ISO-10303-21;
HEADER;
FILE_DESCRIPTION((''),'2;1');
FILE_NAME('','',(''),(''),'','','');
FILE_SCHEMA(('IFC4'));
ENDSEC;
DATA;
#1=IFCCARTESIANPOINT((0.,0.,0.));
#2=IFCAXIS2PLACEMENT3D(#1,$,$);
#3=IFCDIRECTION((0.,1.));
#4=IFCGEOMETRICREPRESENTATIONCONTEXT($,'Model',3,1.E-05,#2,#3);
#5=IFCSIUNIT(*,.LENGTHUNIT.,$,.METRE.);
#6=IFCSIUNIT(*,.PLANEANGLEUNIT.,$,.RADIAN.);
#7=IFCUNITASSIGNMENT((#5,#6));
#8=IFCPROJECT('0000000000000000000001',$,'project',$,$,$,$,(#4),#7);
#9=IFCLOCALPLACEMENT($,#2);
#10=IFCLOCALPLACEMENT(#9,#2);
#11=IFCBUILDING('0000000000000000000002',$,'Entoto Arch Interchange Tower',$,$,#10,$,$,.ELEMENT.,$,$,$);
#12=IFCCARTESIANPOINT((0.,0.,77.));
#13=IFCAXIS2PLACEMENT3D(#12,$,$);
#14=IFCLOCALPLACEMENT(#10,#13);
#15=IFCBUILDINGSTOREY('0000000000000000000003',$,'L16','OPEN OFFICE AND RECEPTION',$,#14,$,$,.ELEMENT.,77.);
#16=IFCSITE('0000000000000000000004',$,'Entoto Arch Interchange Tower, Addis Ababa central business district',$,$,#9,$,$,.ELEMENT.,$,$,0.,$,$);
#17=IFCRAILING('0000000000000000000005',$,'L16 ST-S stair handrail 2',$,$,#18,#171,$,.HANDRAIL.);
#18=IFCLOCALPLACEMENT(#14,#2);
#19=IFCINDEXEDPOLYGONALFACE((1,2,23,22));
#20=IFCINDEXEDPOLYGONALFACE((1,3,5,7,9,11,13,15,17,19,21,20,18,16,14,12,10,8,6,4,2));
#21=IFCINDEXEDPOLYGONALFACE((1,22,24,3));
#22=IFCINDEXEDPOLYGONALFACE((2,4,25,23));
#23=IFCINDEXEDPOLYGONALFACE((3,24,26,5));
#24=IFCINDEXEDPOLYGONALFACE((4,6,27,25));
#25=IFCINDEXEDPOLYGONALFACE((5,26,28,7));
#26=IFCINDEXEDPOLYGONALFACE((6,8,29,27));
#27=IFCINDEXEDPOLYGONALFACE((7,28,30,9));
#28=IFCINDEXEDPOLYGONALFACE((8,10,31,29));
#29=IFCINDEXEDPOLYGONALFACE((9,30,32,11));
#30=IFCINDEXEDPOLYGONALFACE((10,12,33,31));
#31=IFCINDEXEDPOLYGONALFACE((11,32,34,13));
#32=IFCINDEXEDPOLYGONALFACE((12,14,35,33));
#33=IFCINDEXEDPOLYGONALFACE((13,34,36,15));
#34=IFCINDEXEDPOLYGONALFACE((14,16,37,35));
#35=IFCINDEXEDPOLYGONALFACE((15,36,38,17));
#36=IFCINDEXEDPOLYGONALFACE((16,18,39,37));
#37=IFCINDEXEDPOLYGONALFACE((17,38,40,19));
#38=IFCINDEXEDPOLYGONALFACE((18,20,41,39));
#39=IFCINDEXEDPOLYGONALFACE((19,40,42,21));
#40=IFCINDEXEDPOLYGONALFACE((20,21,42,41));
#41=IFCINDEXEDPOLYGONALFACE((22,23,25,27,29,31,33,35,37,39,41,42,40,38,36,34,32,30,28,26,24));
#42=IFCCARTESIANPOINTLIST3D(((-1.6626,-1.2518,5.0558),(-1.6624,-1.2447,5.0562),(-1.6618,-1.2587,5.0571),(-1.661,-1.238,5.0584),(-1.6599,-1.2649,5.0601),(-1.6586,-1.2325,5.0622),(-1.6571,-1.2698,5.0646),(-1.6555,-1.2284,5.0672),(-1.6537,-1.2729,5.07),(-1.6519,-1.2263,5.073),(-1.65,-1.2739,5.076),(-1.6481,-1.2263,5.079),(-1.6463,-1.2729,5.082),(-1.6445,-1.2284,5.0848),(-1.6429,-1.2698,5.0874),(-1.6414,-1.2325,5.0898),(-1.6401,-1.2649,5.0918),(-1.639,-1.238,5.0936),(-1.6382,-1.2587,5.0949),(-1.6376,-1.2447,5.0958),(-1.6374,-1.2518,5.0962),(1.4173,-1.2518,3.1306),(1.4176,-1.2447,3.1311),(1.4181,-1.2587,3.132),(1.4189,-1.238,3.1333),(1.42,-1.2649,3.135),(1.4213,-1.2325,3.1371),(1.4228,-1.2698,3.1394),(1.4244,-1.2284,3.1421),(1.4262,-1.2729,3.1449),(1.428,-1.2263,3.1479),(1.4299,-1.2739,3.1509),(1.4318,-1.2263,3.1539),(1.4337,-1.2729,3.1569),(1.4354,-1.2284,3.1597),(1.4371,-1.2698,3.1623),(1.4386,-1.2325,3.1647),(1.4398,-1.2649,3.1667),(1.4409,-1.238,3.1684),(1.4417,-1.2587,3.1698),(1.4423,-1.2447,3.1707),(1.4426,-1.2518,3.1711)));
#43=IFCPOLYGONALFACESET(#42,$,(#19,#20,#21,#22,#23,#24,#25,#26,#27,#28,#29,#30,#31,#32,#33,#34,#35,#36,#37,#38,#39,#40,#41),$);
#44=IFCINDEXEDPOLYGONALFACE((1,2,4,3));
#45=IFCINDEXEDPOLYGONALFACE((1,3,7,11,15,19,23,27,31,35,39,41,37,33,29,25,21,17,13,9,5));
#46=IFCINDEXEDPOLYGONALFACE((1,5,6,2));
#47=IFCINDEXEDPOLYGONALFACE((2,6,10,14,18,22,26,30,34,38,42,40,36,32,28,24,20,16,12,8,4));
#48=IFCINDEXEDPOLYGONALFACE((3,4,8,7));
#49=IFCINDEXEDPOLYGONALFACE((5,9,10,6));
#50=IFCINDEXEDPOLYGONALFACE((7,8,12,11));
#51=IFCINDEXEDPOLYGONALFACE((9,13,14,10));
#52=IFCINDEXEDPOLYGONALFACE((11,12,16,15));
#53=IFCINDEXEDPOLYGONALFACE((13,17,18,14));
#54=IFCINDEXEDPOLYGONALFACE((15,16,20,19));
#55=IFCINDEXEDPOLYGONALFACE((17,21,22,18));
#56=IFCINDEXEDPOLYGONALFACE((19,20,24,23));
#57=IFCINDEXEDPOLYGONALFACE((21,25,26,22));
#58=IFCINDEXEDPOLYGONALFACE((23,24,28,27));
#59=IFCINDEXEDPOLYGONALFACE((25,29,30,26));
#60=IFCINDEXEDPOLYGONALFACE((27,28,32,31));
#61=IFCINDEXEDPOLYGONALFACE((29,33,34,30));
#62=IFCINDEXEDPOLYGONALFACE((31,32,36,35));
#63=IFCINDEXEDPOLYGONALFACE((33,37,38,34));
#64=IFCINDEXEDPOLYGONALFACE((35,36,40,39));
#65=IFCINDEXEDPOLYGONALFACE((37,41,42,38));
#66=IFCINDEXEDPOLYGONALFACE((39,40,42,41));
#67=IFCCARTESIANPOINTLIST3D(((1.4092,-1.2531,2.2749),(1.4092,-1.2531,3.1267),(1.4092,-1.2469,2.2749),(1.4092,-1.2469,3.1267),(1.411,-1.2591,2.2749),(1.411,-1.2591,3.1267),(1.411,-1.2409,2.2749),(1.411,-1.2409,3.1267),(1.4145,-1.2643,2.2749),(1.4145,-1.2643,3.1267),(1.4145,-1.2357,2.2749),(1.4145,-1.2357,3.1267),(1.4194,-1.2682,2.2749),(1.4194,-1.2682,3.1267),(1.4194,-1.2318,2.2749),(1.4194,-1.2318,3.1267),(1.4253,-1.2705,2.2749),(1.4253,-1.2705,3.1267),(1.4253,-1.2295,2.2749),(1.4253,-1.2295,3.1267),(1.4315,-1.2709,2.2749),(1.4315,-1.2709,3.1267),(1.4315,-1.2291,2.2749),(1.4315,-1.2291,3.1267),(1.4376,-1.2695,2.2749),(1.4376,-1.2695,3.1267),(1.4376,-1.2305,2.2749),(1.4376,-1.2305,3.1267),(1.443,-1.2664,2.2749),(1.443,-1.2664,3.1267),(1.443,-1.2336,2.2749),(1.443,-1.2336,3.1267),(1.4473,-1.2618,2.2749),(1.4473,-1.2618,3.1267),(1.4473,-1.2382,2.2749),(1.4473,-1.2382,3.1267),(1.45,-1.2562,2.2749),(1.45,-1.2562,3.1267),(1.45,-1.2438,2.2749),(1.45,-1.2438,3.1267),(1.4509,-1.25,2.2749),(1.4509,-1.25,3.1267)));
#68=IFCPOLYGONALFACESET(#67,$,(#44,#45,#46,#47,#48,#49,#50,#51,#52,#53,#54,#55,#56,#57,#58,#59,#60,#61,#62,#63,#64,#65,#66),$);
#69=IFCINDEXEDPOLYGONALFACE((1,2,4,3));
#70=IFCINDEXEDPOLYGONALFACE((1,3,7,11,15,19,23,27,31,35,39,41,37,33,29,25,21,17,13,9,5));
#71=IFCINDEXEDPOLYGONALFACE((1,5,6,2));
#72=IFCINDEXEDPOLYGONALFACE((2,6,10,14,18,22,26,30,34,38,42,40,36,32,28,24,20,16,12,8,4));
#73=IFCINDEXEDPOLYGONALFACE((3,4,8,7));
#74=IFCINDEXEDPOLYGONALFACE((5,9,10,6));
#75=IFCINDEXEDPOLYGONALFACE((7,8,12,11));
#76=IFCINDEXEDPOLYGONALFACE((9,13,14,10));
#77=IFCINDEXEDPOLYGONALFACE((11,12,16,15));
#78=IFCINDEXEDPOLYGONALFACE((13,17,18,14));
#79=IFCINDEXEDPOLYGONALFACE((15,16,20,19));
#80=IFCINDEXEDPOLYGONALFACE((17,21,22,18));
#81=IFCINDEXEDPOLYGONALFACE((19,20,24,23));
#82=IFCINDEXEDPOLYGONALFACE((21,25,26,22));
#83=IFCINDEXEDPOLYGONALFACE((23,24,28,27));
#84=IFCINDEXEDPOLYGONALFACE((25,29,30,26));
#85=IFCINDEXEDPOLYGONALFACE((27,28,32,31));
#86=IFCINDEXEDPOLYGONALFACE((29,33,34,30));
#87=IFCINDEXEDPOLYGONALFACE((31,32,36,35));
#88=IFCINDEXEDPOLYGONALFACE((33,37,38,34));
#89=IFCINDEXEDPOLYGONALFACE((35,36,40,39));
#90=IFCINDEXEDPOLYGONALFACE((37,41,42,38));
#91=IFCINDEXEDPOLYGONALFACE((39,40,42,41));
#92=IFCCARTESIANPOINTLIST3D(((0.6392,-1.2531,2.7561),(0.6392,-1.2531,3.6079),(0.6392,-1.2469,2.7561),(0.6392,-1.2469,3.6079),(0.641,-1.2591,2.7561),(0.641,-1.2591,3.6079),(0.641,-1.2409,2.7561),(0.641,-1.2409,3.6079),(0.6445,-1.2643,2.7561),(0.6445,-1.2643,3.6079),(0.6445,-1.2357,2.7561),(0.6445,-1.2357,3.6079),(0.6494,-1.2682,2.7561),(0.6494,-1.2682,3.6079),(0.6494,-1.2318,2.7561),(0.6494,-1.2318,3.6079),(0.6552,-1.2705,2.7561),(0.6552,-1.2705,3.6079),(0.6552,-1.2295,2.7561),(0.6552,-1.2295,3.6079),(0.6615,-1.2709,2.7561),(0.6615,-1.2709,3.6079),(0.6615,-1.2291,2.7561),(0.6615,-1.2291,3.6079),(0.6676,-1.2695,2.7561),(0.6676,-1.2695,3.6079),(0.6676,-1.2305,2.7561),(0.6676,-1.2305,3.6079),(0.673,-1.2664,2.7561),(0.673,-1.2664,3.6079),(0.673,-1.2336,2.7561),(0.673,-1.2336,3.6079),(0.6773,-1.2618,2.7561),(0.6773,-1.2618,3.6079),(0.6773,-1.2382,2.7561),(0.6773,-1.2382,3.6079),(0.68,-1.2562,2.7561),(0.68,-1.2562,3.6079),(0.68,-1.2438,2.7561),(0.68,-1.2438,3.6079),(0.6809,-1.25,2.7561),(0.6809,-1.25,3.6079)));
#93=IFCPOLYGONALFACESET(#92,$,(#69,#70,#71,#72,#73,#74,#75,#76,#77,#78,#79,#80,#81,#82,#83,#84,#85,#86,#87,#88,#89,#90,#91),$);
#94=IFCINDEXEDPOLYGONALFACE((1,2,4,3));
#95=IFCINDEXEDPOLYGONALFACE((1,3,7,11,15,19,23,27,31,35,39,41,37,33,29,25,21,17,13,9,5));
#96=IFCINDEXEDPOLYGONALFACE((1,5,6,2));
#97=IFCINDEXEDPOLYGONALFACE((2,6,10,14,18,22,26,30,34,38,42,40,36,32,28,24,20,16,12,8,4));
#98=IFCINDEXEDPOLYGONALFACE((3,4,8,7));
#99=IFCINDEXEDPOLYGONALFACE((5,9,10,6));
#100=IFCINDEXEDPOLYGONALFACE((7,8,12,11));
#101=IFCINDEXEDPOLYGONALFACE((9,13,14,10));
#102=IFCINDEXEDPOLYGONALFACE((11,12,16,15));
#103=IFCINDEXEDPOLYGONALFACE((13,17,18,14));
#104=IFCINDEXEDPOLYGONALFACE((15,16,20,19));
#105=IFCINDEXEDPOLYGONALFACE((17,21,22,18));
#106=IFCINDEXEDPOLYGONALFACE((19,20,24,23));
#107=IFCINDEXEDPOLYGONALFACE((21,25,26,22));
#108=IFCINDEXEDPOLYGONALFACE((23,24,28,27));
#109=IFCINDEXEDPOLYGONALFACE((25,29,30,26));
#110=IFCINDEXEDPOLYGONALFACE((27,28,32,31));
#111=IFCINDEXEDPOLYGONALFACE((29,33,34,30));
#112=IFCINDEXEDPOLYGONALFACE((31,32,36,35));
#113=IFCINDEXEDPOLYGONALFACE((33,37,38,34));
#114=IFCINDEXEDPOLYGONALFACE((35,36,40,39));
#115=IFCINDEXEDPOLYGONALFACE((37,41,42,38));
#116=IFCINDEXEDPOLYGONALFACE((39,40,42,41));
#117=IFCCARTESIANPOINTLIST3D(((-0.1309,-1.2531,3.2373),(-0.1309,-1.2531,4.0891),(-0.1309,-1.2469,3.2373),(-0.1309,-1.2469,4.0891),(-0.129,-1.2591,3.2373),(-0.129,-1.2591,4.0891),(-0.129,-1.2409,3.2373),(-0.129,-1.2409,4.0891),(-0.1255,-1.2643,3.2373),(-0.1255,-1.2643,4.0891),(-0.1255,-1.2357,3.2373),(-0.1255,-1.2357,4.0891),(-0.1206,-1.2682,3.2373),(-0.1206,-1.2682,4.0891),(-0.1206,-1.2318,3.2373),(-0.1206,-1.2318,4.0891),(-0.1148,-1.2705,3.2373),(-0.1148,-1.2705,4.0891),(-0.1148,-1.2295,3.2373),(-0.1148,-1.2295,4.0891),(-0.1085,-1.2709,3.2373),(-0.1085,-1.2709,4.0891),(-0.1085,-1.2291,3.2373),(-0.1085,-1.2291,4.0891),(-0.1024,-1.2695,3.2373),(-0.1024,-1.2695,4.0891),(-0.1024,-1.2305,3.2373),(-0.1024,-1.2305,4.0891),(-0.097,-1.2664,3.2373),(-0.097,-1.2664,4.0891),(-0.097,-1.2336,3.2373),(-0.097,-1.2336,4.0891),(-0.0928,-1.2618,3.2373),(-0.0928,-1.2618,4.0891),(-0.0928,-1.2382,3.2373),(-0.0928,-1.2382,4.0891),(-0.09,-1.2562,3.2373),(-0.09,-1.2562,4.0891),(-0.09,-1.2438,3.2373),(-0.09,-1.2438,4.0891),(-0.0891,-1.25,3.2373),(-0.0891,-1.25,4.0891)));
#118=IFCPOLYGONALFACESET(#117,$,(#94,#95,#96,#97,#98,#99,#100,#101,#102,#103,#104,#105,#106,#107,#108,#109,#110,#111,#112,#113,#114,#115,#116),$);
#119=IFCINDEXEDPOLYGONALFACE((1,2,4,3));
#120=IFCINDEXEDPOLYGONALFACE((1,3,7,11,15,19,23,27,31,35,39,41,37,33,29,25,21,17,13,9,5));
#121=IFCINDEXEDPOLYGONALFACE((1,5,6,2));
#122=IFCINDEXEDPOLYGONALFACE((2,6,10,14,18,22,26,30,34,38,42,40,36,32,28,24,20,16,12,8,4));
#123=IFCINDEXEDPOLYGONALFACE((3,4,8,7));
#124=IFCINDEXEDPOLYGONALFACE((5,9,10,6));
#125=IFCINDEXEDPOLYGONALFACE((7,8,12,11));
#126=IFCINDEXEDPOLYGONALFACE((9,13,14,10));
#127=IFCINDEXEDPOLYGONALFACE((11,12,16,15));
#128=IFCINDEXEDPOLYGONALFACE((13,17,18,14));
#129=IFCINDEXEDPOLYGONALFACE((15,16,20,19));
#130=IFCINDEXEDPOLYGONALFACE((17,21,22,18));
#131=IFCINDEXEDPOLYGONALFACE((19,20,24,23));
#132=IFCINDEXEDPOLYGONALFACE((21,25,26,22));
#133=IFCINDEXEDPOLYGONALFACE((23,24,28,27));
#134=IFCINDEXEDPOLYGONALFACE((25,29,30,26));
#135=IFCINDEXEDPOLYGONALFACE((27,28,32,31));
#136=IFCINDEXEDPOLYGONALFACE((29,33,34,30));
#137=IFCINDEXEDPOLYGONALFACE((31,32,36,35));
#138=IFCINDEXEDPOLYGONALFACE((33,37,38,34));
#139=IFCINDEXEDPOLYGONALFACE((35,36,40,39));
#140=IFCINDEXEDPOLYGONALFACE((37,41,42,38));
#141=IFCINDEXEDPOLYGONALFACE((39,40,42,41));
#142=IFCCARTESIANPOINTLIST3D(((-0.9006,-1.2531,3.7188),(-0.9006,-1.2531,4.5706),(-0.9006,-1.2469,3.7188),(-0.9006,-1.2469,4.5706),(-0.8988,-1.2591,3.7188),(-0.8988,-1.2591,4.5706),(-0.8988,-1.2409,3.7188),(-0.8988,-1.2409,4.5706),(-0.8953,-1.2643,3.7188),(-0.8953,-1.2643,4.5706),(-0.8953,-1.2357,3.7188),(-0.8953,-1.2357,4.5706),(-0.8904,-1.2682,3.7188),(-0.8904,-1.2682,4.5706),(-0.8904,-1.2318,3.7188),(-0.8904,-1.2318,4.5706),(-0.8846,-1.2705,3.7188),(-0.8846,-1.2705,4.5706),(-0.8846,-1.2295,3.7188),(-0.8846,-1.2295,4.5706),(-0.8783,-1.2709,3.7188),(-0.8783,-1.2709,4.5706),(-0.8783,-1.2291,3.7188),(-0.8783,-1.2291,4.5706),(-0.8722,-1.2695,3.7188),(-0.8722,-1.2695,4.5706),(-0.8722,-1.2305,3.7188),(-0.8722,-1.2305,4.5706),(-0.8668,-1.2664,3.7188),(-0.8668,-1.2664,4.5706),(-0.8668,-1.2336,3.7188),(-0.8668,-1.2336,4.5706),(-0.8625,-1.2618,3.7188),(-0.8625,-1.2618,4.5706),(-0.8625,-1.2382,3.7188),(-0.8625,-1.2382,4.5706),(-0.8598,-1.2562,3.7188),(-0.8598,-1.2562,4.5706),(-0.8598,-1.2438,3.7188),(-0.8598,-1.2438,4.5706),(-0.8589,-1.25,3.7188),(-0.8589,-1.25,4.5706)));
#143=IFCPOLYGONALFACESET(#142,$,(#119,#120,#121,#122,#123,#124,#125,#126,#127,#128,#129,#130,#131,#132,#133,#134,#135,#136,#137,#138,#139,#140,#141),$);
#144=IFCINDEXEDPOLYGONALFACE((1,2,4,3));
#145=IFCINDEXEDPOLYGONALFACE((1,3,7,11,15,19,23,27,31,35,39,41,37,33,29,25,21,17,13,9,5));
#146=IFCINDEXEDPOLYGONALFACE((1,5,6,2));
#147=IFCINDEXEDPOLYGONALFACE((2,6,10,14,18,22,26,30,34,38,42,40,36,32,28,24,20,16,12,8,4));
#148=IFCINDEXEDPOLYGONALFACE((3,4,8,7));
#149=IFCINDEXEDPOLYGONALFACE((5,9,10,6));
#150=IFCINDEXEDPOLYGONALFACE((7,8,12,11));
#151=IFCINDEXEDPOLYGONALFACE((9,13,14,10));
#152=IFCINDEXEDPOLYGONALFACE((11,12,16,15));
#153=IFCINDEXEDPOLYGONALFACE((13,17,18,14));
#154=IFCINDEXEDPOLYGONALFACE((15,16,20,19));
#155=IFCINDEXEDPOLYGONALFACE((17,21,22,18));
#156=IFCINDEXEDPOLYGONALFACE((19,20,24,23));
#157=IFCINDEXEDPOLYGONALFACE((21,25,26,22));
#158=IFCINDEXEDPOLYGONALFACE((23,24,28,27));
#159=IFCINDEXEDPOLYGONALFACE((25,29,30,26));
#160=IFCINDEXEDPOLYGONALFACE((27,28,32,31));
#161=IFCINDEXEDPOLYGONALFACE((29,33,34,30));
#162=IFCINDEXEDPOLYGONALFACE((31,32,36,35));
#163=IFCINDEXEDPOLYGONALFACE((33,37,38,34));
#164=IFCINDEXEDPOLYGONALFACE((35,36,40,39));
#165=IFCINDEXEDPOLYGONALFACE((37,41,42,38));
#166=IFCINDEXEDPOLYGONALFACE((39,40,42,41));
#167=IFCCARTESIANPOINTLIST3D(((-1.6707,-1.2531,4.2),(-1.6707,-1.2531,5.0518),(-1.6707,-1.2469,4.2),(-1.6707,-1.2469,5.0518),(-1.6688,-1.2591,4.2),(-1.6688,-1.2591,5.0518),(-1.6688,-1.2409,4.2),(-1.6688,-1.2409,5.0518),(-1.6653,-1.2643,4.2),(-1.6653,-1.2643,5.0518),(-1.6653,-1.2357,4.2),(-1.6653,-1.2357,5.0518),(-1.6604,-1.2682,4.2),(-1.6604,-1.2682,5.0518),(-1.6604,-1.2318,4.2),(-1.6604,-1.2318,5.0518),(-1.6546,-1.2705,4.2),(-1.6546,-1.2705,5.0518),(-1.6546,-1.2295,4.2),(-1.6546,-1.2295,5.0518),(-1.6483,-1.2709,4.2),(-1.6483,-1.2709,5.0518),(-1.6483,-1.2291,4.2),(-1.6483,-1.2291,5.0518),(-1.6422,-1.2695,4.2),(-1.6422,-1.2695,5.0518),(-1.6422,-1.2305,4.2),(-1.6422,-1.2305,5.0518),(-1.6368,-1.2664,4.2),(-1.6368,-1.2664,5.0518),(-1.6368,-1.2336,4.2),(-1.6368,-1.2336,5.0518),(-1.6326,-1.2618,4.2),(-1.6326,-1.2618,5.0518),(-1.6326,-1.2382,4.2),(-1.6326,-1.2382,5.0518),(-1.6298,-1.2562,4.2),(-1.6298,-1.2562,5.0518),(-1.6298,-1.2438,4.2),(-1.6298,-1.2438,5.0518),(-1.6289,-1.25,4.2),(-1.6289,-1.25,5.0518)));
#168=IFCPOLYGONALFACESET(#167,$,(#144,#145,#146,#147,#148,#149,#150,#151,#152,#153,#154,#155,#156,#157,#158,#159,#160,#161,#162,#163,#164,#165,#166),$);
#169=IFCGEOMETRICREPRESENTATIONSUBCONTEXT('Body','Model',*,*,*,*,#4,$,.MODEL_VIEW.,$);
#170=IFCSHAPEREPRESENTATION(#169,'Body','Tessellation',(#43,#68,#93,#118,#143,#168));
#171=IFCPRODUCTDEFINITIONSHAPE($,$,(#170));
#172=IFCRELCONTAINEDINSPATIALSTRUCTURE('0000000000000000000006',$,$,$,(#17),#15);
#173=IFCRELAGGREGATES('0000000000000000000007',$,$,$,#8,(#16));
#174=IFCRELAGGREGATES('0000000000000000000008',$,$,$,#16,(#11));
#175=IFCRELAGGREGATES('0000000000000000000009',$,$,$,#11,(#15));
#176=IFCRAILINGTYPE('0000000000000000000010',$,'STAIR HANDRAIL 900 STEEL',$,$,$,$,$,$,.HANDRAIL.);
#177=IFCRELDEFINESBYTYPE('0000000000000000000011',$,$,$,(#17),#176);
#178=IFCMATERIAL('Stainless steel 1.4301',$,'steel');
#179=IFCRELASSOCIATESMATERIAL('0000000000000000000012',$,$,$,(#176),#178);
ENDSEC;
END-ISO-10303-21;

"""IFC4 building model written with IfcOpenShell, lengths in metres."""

from ifc_helpers import new_model, si_unit, direction, frame, origin, origin_2d, place, context, subcontext, project, spatial, circle, extrude, material, type_object, element, save


model = new_model("IFC4")

# Units and contexts
model_context = context("Model", 3, precision=1e-05, world=origin(), true_north=direction((0.0, 1.0)))
body_context = subcontext(model_context, "Body", "Model", "MODEL_VIEW")
ifc_project = project(units=[si_unit("LENGTHUNIT", "METRE"), si_unit("PLANEANGLEUNIT", "RADIAN")], contexts=[model_context])

# Site, building, storey
site_placement = place(None, origin())
site = spatial("IfcSite", under=ifc_project, at=site_placement, Name="Entoto Arch Interchange Tower, Addis Ababa central business district", CompositionType="ELEMENT", RefElevation=0.0)
building_placement = place(site_placement, origin())
building = spatial("IfcBuilding", under=site, at=building_placement, Name="Entoto Arch Interchange Tower", CompositionType="ELEMENT")
storey_placement = place(building_placement, frame((0.0, 0.0, 77.0)))
storey = spatial("IfcBuildingStorey", under=building, at=storey_placement, Name="L16", Description="OPEN OFFICE AND RECEPTION", CompositionType="ELEMENT", Elevation=77.0)

# Railing
ifc_material_1 = material(Name="Stainless steel 1.4301", Category="steel")
railing_type_1 = type_object("IfcRailingType", Name="STAIR HANDRAIL 900 STEEL", PredefinedType="HANDRAIL", material=ifc_material_1)
railing_1_placement = place(storey_placement, frame((1.4299, -1.25, 2.2749)))
element("IfcRailing", 1, at=railing_1_placement, inside=storey, type_object=railing_type_1, Name="L16 ST-S stair handrail 2", PredefinedType="HANDRAIL", context=body_context, shape_type="SweptSolid", body=[
    extrude(circle(Radius=0.0239, at=origin_2d()), frame((0.0, 0.0, 0.876), z_axis=(-0.847979, 0.0, 0.530029), x_axis=(0.0, -1.0, 0.0)), (0.0, 0.0, 1.0), 3.6321),
    extrude(circle(Radius=0.021, at=origin_2d()), origin(), (0.0, 0.0, 1.0), 0.8518),
    extrude(circle(Radius=0.021, at=origin_2d()), frame((-0.77, 0.0, 0.4812)), (0.0, 0.0, 1.0), 0.8518),
    extrude(circle(Radius=0.021, at=origin_2d()), frame((-1.54, 0.0, 0.9624)), (0.0, 0.0, 1.0), 0.8518),
    extrude(circle(Radius=0.021, at=origin_2d()), frame((-2.3098, 0.0, 1.4438)), (0.0, 0.0, 1.0), 0.8518),
    extrude(circle(Radius=0.021, at=origin_2d()), frame((-3.0798, 0.0, 1.925)), (0.0, 0.0, 1.0), 0.8518),
])

save(model, "model.ifc")
